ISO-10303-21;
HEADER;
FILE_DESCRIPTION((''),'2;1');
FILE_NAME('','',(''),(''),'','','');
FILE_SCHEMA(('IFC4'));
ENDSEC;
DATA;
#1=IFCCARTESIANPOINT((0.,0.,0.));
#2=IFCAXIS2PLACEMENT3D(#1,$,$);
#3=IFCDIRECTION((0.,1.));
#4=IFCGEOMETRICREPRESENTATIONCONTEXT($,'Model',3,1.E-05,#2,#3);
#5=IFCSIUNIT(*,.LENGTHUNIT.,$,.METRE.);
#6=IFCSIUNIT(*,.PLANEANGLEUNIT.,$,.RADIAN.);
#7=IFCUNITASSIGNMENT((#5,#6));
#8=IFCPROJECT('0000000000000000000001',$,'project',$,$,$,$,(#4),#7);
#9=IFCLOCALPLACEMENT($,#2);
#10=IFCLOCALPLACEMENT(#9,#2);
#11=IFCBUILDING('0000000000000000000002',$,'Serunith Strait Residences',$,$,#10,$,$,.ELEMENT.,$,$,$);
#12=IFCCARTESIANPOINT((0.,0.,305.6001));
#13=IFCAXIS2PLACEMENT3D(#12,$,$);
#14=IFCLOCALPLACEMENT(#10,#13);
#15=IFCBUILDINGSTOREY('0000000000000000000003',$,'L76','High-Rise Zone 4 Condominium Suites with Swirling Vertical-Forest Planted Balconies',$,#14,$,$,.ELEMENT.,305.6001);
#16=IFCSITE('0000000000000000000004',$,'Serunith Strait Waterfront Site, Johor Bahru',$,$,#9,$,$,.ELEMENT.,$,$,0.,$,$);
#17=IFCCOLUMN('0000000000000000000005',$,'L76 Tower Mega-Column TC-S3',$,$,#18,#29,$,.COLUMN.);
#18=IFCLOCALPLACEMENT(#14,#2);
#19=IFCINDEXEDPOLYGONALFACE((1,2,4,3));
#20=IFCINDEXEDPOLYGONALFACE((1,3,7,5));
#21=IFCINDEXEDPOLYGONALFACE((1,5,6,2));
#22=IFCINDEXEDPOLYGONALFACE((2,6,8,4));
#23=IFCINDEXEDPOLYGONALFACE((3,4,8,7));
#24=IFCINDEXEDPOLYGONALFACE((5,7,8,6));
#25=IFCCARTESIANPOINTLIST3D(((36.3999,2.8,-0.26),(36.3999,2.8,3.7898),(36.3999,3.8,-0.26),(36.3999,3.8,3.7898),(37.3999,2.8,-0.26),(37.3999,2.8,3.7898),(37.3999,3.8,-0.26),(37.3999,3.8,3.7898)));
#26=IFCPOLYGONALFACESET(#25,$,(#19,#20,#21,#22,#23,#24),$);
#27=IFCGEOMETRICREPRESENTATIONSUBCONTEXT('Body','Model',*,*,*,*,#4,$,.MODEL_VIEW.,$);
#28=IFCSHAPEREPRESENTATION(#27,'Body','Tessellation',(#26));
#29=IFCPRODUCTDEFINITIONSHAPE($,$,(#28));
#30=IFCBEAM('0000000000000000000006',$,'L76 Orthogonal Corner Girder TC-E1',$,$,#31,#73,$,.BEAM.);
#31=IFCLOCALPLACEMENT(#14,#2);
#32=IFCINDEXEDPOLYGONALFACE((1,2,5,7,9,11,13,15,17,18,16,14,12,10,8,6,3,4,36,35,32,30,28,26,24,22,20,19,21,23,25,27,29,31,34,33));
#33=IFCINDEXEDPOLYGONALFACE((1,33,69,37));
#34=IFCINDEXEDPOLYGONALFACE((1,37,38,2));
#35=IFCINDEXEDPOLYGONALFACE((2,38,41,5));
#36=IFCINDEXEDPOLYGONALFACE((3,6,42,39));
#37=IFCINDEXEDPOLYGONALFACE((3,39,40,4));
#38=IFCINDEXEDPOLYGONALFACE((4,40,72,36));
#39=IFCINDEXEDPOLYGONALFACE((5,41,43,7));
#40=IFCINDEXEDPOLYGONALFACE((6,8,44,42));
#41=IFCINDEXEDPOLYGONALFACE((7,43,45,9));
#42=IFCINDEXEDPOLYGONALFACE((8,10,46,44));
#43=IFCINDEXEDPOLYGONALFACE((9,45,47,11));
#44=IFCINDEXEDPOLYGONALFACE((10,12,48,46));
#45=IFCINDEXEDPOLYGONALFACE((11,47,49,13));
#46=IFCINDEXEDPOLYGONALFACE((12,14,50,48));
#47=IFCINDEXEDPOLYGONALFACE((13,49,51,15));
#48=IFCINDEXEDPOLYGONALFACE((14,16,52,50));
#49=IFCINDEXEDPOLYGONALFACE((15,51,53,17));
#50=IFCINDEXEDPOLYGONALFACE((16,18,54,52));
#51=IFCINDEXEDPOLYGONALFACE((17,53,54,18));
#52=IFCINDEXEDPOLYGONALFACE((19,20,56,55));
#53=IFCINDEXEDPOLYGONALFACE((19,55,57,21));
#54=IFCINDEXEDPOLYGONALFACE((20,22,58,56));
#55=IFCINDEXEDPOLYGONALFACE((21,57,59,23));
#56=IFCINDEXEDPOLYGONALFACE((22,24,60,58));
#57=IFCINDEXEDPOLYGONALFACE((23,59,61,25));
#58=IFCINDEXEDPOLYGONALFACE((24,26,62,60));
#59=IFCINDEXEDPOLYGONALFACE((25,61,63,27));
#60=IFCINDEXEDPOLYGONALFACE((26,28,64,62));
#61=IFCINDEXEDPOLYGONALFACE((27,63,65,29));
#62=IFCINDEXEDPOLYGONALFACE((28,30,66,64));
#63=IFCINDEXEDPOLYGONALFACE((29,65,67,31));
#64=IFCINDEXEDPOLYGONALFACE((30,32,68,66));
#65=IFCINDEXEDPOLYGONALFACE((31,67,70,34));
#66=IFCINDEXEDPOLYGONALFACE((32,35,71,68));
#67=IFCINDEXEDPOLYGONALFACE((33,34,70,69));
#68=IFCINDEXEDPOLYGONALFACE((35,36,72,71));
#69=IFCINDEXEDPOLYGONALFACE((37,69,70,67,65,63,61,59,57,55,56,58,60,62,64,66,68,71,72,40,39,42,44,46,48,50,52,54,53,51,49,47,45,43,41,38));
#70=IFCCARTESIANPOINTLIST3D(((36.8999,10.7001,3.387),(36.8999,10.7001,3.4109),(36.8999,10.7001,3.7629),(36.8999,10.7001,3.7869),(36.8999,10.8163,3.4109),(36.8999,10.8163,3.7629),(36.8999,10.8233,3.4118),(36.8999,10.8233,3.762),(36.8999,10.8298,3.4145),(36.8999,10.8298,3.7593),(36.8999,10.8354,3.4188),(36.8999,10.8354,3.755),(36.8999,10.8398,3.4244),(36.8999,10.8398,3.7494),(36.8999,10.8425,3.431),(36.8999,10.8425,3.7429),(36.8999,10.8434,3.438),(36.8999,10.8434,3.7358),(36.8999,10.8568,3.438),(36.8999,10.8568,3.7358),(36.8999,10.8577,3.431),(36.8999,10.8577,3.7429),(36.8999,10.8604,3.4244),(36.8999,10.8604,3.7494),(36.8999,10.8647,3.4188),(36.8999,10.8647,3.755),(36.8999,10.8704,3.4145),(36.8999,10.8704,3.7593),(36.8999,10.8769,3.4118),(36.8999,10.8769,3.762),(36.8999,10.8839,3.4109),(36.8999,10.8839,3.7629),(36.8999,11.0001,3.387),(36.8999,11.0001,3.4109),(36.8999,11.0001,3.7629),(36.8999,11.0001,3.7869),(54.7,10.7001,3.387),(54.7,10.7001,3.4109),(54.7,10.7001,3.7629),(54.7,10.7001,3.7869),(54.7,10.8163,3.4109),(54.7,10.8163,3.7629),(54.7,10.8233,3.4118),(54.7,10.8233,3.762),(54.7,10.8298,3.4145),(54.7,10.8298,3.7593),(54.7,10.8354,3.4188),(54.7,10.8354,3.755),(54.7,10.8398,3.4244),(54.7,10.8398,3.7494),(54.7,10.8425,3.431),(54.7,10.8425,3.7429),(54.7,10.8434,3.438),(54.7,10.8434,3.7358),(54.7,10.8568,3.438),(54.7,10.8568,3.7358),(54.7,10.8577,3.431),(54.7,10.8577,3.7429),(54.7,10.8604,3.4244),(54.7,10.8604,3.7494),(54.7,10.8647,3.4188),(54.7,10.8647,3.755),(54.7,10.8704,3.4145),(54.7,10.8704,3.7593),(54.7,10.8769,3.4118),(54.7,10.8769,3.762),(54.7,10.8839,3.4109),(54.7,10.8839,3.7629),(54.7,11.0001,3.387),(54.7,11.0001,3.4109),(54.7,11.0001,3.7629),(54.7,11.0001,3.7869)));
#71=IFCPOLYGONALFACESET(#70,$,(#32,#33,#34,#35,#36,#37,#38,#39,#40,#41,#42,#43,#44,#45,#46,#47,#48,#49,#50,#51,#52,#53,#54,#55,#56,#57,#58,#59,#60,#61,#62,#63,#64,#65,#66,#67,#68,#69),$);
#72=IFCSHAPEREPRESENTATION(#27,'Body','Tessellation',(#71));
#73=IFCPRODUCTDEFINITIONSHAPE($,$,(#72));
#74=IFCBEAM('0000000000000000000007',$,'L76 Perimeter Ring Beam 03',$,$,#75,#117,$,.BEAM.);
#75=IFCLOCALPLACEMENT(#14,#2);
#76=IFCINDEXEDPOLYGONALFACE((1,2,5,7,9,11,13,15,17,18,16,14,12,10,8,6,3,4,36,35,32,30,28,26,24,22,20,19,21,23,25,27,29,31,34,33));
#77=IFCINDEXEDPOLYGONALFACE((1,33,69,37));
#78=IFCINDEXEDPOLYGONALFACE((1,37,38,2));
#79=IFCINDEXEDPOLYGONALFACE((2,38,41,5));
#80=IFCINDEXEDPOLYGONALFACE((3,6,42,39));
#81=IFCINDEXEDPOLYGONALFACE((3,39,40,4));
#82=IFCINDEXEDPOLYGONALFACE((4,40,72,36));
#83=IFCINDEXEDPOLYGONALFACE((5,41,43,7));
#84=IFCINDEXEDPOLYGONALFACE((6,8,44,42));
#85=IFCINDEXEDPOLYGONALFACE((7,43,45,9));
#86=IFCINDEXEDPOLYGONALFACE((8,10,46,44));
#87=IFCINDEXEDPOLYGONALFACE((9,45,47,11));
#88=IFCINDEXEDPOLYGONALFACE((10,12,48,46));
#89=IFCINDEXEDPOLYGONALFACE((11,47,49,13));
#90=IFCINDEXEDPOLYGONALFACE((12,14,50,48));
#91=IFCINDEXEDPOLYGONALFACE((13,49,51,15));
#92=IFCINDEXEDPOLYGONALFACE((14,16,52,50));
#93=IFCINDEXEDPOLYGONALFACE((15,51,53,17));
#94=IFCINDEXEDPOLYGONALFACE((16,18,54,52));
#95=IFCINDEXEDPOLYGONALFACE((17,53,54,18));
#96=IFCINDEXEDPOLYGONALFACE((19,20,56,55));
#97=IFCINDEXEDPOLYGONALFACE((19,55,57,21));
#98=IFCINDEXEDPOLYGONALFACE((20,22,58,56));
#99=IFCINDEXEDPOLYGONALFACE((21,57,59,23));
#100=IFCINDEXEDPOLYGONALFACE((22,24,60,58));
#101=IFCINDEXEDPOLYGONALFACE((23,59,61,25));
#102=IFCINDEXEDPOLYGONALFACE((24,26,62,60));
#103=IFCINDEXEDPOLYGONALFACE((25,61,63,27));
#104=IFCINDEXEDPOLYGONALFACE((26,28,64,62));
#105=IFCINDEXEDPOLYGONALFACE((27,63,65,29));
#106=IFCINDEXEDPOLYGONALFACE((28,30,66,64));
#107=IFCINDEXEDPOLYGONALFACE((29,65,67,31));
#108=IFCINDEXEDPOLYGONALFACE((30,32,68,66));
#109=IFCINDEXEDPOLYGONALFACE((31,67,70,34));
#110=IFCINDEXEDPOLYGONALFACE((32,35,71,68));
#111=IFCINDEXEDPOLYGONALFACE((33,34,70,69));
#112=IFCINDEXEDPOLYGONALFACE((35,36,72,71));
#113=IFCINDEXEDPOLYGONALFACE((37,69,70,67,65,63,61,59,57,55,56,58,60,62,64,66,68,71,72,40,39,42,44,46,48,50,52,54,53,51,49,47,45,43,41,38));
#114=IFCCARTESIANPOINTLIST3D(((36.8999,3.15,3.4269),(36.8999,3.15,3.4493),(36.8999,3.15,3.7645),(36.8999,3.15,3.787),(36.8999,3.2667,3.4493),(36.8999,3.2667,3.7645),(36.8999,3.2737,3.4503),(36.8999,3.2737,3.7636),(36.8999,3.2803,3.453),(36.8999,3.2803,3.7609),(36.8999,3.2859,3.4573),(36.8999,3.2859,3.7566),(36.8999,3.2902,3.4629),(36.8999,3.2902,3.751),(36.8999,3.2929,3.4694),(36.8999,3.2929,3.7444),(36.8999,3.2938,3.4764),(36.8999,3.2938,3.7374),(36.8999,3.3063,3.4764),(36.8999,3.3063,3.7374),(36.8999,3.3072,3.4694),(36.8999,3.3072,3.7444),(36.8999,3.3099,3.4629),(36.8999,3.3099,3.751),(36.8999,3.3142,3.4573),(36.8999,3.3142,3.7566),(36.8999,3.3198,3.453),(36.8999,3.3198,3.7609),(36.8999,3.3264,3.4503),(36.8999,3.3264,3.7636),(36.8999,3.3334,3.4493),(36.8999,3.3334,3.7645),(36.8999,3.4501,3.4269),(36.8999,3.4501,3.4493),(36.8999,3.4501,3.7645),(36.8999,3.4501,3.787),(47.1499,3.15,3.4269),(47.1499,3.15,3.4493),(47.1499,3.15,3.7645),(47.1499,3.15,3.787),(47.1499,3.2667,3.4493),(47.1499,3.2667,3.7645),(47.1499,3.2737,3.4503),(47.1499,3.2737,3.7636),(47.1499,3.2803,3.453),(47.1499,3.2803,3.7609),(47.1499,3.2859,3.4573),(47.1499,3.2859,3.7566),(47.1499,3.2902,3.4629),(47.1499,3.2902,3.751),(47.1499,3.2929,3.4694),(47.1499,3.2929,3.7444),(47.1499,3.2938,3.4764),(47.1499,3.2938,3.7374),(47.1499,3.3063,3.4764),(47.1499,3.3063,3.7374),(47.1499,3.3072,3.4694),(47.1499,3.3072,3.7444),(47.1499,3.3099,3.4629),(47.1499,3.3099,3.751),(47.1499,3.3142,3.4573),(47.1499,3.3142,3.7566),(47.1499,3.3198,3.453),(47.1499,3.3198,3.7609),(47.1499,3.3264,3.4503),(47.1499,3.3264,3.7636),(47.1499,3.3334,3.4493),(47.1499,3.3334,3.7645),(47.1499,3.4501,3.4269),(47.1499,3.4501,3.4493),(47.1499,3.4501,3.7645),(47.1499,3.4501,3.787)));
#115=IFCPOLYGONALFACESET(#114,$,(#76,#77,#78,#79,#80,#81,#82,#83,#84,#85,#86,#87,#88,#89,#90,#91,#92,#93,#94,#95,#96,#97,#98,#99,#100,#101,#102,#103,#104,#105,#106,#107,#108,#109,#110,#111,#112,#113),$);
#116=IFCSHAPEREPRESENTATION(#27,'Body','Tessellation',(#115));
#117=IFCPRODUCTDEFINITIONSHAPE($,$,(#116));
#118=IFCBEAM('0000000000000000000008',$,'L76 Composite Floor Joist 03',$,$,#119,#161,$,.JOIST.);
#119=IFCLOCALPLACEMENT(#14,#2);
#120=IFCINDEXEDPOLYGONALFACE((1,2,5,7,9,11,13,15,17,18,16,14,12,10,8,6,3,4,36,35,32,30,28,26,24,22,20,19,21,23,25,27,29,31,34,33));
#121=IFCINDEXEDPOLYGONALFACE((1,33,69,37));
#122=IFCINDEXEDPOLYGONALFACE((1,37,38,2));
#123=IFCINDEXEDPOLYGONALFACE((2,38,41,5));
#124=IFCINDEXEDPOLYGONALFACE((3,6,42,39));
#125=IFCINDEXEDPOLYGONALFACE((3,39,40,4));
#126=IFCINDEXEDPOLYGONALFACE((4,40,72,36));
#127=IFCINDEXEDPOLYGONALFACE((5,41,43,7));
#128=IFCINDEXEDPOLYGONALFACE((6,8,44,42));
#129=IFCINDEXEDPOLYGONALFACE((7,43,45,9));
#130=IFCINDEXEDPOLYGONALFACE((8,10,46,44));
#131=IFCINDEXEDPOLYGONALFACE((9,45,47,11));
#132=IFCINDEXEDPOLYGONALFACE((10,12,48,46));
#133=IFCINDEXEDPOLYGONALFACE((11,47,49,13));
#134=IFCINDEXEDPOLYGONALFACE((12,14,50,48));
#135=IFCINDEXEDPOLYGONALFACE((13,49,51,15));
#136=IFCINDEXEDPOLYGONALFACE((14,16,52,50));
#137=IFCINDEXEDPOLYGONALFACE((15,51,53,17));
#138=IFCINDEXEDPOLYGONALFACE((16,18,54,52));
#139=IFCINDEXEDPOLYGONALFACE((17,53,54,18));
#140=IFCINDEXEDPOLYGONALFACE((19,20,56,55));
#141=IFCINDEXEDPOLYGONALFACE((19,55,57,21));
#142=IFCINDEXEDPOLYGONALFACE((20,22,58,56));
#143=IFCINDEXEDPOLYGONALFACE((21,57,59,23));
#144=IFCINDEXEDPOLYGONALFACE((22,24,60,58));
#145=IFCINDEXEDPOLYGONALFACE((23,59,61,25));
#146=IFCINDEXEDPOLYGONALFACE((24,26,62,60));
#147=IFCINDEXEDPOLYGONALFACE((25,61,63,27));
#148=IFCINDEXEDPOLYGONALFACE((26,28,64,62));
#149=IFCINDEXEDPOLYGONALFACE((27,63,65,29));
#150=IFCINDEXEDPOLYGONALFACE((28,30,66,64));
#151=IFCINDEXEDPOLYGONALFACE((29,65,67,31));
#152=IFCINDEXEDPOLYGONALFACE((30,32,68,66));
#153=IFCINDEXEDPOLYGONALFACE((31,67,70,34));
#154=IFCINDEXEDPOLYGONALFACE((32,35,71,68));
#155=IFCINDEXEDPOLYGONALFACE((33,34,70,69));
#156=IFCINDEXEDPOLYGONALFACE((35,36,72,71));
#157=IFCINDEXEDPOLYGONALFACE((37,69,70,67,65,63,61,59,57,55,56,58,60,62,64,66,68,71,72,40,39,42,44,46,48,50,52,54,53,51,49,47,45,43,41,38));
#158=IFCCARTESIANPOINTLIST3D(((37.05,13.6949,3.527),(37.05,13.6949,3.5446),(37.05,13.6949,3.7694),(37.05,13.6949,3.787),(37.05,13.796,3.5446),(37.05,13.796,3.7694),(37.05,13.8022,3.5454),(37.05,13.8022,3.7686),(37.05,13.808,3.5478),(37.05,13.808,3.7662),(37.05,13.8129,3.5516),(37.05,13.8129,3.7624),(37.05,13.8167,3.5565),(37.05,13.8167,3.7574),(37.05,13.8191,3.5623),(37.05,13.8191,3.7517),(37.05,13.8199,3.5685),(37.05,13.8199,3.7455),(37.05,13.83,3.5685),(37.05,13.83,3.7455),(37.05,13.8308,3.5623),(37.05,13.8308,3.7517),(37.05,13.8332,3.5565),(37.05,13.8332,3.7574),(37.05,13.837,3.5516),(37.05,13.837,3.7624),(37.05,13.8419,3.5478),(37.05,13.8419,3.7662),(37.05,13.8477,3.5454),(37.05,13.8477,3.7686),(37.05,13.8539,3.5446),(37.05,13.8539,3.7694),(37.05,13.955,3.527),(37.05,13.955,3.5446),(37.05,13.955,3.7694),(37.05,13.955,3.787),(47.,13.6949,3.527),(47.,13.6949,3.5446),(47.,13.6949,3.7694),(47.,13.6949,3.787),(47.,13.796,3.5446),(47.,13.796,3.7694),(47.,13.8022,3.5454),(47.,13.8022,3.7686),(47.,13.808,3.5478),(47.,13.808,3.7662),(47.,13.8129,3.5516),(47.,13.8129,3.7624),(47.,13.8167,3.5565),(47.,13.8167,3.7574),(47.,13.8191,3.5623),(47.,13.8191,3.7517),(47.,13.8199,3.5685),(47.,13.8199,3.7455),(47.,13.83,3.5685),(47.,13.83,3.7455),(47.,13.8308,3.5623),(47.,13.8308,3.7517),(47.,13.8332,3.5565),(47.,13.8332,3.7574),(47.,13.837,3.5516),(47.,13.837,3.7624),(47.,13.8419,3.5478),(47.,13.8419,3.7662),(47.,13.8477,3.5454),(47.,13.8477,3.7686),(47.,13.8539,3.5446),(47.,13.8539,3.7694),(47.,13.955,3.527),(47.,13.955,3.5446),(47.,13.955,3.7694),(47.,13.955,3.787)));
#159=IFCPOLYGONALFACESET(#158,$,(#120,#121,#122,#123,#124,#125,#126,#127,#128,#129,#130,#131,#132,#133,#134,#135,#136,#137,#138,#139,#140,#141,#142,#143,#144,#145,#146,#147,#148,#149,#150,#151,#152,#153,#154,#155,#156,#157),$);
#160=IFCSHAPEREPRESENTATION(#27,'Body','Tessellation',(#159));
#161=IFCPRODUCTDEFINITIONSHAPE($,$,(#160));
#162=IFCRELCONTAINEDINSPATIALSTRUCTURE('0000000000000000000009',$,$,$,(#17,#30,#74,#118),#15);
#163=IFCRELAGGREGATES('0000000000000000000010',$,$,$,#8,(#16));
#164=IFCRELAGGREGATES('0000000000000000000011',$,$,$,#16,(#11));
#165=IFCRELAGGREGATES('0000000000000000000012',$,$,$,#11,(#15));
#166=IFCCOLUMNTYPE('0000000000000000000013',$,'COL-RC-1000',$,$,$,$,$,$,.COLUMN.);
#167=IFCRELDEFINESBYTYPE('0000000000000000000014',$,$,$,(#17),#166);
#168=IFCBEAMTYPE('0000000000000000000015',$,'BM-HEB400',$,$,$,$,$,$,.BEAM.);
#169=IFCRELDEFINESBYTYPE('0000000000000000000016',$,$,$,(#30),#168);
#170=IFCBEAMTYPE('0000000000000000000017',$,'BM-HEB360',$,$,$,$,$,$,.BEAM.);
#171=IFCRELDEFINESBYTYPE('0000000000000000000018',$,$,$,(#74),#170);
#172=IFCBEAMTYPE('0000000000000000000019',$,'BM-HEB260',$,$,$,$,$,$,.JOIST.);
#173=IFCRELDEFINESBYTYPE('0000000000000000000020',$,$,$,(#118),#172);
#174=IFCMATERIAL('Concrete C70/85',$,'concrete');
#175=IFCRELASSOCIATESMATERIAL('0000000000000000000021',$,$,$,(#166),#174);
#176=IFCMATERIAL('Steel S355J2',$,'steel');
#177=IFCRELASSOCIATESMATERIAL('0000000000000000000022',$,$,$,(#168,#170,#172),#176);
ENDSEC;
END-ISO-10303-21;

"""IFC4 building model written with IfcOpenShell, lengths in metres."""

from ifc_helpers import new_model, si_unit, direction, frame, origin, origin_2d, place, context, subcontext, project, spatial, rectangle, i_section, extrude, source, transform, mapped, material, material_profile, profile_set, type_object, element, save


model = new_model("IFC4")

# Units and contexts
model_context = context("Model", 3, precision=1e-05, world=origin(), true_north=direction((0.0, 1.0)))
body_context = subcontext(model_context, "Body", "Model", "MODEL_VIEW")
ifc_project = project(units=[si_unit("LENGTHUNIT", "METRE"), si_unit("PLANEANGLEUNIT", "RADIAN")], contexts=[model_context])

# Site, building, storey
site_placement = place(None, origin())
site = spatial("IfcSite", under=ifc_project, at=site_placement, Name="Serunith Strait Waterfront Site, Johor Bahru", CompositionType="ELEMENT", RefElevation=0.0)
building_placement = place(site_placement, origin())
building = spatial("IfcBuilding", under=site, at=building_placement, Name="Serunith Strait Residences", CompositionType="ELEMENT")
storey_placement = place(building_placement, frame((0.0, 0.0, 305.6001)))
storey = spatial("IfcBuildingStorey", under=building, at=storey_placement, Name="L76", Description="High-Rise Zone 4 Condominium Suites with Swirling Vertical-Forest Planted Balconies", CompositionType="ELEMENT", Elevation=305.6001)

# Column
ifc_material_1 = material(Name="Concrete C70/85", Category="concrete")
ifc_material_profile_1 = material_profile(ifc_material_1, rectangle(XDim=1.0, YDim=1.0, at=origin_2d()), Name="RC 1000x1000")
ifc_profile_set_1 = profile_set([ifc_material_profile_1], Name="Concrete C70/85")
column_type = type_object("IfcColumnType", Name="COL-RC-1000", PredefinedType="COLUMN", material=ifc_profile_set_1)
shared_shape_1 = source(origin(), body_context, "Body", "SweptSolid", [
    extrude(rectangle(XDim=1.0, YDim=1.0, at=origin_2d()), origin(), (0.0, 0.0, 1.0), 4.0498),
])
column_placement = place(storey_placement, frame((36.8999, 3.3, -0.26), z_axis=(0.0, 0.0, 1.0), x_axis=(1.0, 0.0, 0.0)))
element("IfcColumn", 1, at=column_placement, inside=storey, type_object=column_type, Name="L76 Tower Mega-Column TC-S3", PredefinedType="COLUMN", context=body_context, shape_type="MappedRepresentation", body=[
    mapped(shared_shape_1, transform((0.0, 0.0, 0.0), scale=1.0)),
])

# Beams
ifc_material_2 = material(Name="Steel S355J2", Category="steel")
ifc_material_profile_2 = material_profile(ifc_material_2, i_section(OverallWidth=0.3, OverallDepth=0.3999, WebThickness=0.0134, FlangeThickness=0.0239, FilletRadius=0.0271, at=origin_2d()), Name="HEB 400")
ifc_profile_set_2 = profile_set([ifc_material_profile_2], Name="Steel S355J2")
beam_type_1 = type_object("IfcBeamType", Name="BM-HEB400", PredefinedType="BEAM", material=ifc_profile_set_2)
shared_shape_2 = source(origin(), body_context, "Body", "SweptSolid", [
    extrude(i_section(OverallWidth=0.3, OverallDepth=0.3999, WebThickness=0.0134, FlangeThickness=0.0239, FilletRadius=0.0271, at=origin_2d()), origin(), (0.0, 0.0, 1.0), 17.8),
])
beam_1_placement = place(storey_placement, frame((36.8999, 10.8501, 3.5869), z_axis=(1.0, 0.0, 0.0), x_axis=(0.0, 1.0, 0.0)))
element("IfcBeam", 2, at=beam_1_placement, inside=storey, type_object=beam_type_1, Name="L76 Orthogonal Corner Girder TC-E1", PredefinedType="BEAM", context=body_context, shape_type="MappedRepresentation", body=[
    mapped(shared_shape_2, transform((0.0, 0.0, 0.0), scale=1.0)),
])
ifc_material_profile_3 = material_profile(ifc_material_2, i_section(OverallWidth=0.3, OverallDepth=0.3601, WebThickness=0.0125, FlangeThickness=0.0225, FilletRadius=0.0271, at=origin_2d()), Name="HEB 360")
ifc_profile_set_3 = profile_set([ifc_material_profile_3], Name="Steel S355J2")
beam_type_2 = type_object("IfcBeamType", Name="BM-HEB360", PredefinedType="BEAM", material=ifc_profile_set_3)
shared_shape_3 = source(origin(), body_context, "Body", "SweptSolid", [
    extrude(i_section(OverallWidth=0.3, OverallDepth=0.3601, WebThickness=0.0125, FlangeThickness=0.0225, FilletRadius=0.0271, at=origin_2d()), origin(), (0.0, 0.0, 1.0), 10.25),
])
beam_2_placement = place(storey_placement, frame((36.8999, 3.3, 3.6069), z_axis=(1.0, 0.0, 0.0), x_axis=(0.0, 1.0, 0.0)))
element("IfcBeam", 3, at=beam_2_placement, inside=storey, type_object=beam_type_2, Name="L76 Perimeter Ring Beam 03", PredefinedType="BEAM", context=body_context, shape_type="MappedRepresentation", body=[
    mapped(shared_shape_3, transform((0.0, 0.0, 0.0), scale=1.0)),
])
ifc_material_profile_4 = material_profile(ifc_material_2, i_section(OverallWidth=0.26, OverallDepth=0.26, WebThickness=0.01, FlangeThickness=0.0176, FilletRadius=0.0239, at=origin_2d()), Name="HEB 260")
ifc_profile_set_4 = profile_set([ifc_material_profile_4], Name="Steel S355J2")
beam_type_3 = type_object("IfcBeamType", Name="BM-HEB260", PredefinedType="JOIST", material=ifc_profile_set_4)
shared_shape_4 = source(origin(), body_context, "Body", "SweptSolid", [
    extrude(i_section(OverallWidth=0.26, OverallDepth=0.26, WebThickness=0.01, FlangeThickness=0.0176, FilletRadius=0.0239, at=origin_2d()), origin(), (0.0, 0.0, 1.0), 9.95),
])
beam_3_placement = place(storey_placement, frame((37.05, 13.825, 3.657), z_axis=(1.0, 0.0, 0.0), x_axis=(0.0, 1.0, 0.0)))
element("IfcBeam", 4, at=beam_3_placement, inside=storey, type_object=beam_type_3, Name="L76 Composite Floor Joist 03", PredefinedType="JOIST", context=body_context, shape_type="MappedRepresentation", body=[
    mapped(shared_shape_4, transform((0.0, 0.0, 0.0), scale=1.0)),
])

save(model, "model.ifc")
